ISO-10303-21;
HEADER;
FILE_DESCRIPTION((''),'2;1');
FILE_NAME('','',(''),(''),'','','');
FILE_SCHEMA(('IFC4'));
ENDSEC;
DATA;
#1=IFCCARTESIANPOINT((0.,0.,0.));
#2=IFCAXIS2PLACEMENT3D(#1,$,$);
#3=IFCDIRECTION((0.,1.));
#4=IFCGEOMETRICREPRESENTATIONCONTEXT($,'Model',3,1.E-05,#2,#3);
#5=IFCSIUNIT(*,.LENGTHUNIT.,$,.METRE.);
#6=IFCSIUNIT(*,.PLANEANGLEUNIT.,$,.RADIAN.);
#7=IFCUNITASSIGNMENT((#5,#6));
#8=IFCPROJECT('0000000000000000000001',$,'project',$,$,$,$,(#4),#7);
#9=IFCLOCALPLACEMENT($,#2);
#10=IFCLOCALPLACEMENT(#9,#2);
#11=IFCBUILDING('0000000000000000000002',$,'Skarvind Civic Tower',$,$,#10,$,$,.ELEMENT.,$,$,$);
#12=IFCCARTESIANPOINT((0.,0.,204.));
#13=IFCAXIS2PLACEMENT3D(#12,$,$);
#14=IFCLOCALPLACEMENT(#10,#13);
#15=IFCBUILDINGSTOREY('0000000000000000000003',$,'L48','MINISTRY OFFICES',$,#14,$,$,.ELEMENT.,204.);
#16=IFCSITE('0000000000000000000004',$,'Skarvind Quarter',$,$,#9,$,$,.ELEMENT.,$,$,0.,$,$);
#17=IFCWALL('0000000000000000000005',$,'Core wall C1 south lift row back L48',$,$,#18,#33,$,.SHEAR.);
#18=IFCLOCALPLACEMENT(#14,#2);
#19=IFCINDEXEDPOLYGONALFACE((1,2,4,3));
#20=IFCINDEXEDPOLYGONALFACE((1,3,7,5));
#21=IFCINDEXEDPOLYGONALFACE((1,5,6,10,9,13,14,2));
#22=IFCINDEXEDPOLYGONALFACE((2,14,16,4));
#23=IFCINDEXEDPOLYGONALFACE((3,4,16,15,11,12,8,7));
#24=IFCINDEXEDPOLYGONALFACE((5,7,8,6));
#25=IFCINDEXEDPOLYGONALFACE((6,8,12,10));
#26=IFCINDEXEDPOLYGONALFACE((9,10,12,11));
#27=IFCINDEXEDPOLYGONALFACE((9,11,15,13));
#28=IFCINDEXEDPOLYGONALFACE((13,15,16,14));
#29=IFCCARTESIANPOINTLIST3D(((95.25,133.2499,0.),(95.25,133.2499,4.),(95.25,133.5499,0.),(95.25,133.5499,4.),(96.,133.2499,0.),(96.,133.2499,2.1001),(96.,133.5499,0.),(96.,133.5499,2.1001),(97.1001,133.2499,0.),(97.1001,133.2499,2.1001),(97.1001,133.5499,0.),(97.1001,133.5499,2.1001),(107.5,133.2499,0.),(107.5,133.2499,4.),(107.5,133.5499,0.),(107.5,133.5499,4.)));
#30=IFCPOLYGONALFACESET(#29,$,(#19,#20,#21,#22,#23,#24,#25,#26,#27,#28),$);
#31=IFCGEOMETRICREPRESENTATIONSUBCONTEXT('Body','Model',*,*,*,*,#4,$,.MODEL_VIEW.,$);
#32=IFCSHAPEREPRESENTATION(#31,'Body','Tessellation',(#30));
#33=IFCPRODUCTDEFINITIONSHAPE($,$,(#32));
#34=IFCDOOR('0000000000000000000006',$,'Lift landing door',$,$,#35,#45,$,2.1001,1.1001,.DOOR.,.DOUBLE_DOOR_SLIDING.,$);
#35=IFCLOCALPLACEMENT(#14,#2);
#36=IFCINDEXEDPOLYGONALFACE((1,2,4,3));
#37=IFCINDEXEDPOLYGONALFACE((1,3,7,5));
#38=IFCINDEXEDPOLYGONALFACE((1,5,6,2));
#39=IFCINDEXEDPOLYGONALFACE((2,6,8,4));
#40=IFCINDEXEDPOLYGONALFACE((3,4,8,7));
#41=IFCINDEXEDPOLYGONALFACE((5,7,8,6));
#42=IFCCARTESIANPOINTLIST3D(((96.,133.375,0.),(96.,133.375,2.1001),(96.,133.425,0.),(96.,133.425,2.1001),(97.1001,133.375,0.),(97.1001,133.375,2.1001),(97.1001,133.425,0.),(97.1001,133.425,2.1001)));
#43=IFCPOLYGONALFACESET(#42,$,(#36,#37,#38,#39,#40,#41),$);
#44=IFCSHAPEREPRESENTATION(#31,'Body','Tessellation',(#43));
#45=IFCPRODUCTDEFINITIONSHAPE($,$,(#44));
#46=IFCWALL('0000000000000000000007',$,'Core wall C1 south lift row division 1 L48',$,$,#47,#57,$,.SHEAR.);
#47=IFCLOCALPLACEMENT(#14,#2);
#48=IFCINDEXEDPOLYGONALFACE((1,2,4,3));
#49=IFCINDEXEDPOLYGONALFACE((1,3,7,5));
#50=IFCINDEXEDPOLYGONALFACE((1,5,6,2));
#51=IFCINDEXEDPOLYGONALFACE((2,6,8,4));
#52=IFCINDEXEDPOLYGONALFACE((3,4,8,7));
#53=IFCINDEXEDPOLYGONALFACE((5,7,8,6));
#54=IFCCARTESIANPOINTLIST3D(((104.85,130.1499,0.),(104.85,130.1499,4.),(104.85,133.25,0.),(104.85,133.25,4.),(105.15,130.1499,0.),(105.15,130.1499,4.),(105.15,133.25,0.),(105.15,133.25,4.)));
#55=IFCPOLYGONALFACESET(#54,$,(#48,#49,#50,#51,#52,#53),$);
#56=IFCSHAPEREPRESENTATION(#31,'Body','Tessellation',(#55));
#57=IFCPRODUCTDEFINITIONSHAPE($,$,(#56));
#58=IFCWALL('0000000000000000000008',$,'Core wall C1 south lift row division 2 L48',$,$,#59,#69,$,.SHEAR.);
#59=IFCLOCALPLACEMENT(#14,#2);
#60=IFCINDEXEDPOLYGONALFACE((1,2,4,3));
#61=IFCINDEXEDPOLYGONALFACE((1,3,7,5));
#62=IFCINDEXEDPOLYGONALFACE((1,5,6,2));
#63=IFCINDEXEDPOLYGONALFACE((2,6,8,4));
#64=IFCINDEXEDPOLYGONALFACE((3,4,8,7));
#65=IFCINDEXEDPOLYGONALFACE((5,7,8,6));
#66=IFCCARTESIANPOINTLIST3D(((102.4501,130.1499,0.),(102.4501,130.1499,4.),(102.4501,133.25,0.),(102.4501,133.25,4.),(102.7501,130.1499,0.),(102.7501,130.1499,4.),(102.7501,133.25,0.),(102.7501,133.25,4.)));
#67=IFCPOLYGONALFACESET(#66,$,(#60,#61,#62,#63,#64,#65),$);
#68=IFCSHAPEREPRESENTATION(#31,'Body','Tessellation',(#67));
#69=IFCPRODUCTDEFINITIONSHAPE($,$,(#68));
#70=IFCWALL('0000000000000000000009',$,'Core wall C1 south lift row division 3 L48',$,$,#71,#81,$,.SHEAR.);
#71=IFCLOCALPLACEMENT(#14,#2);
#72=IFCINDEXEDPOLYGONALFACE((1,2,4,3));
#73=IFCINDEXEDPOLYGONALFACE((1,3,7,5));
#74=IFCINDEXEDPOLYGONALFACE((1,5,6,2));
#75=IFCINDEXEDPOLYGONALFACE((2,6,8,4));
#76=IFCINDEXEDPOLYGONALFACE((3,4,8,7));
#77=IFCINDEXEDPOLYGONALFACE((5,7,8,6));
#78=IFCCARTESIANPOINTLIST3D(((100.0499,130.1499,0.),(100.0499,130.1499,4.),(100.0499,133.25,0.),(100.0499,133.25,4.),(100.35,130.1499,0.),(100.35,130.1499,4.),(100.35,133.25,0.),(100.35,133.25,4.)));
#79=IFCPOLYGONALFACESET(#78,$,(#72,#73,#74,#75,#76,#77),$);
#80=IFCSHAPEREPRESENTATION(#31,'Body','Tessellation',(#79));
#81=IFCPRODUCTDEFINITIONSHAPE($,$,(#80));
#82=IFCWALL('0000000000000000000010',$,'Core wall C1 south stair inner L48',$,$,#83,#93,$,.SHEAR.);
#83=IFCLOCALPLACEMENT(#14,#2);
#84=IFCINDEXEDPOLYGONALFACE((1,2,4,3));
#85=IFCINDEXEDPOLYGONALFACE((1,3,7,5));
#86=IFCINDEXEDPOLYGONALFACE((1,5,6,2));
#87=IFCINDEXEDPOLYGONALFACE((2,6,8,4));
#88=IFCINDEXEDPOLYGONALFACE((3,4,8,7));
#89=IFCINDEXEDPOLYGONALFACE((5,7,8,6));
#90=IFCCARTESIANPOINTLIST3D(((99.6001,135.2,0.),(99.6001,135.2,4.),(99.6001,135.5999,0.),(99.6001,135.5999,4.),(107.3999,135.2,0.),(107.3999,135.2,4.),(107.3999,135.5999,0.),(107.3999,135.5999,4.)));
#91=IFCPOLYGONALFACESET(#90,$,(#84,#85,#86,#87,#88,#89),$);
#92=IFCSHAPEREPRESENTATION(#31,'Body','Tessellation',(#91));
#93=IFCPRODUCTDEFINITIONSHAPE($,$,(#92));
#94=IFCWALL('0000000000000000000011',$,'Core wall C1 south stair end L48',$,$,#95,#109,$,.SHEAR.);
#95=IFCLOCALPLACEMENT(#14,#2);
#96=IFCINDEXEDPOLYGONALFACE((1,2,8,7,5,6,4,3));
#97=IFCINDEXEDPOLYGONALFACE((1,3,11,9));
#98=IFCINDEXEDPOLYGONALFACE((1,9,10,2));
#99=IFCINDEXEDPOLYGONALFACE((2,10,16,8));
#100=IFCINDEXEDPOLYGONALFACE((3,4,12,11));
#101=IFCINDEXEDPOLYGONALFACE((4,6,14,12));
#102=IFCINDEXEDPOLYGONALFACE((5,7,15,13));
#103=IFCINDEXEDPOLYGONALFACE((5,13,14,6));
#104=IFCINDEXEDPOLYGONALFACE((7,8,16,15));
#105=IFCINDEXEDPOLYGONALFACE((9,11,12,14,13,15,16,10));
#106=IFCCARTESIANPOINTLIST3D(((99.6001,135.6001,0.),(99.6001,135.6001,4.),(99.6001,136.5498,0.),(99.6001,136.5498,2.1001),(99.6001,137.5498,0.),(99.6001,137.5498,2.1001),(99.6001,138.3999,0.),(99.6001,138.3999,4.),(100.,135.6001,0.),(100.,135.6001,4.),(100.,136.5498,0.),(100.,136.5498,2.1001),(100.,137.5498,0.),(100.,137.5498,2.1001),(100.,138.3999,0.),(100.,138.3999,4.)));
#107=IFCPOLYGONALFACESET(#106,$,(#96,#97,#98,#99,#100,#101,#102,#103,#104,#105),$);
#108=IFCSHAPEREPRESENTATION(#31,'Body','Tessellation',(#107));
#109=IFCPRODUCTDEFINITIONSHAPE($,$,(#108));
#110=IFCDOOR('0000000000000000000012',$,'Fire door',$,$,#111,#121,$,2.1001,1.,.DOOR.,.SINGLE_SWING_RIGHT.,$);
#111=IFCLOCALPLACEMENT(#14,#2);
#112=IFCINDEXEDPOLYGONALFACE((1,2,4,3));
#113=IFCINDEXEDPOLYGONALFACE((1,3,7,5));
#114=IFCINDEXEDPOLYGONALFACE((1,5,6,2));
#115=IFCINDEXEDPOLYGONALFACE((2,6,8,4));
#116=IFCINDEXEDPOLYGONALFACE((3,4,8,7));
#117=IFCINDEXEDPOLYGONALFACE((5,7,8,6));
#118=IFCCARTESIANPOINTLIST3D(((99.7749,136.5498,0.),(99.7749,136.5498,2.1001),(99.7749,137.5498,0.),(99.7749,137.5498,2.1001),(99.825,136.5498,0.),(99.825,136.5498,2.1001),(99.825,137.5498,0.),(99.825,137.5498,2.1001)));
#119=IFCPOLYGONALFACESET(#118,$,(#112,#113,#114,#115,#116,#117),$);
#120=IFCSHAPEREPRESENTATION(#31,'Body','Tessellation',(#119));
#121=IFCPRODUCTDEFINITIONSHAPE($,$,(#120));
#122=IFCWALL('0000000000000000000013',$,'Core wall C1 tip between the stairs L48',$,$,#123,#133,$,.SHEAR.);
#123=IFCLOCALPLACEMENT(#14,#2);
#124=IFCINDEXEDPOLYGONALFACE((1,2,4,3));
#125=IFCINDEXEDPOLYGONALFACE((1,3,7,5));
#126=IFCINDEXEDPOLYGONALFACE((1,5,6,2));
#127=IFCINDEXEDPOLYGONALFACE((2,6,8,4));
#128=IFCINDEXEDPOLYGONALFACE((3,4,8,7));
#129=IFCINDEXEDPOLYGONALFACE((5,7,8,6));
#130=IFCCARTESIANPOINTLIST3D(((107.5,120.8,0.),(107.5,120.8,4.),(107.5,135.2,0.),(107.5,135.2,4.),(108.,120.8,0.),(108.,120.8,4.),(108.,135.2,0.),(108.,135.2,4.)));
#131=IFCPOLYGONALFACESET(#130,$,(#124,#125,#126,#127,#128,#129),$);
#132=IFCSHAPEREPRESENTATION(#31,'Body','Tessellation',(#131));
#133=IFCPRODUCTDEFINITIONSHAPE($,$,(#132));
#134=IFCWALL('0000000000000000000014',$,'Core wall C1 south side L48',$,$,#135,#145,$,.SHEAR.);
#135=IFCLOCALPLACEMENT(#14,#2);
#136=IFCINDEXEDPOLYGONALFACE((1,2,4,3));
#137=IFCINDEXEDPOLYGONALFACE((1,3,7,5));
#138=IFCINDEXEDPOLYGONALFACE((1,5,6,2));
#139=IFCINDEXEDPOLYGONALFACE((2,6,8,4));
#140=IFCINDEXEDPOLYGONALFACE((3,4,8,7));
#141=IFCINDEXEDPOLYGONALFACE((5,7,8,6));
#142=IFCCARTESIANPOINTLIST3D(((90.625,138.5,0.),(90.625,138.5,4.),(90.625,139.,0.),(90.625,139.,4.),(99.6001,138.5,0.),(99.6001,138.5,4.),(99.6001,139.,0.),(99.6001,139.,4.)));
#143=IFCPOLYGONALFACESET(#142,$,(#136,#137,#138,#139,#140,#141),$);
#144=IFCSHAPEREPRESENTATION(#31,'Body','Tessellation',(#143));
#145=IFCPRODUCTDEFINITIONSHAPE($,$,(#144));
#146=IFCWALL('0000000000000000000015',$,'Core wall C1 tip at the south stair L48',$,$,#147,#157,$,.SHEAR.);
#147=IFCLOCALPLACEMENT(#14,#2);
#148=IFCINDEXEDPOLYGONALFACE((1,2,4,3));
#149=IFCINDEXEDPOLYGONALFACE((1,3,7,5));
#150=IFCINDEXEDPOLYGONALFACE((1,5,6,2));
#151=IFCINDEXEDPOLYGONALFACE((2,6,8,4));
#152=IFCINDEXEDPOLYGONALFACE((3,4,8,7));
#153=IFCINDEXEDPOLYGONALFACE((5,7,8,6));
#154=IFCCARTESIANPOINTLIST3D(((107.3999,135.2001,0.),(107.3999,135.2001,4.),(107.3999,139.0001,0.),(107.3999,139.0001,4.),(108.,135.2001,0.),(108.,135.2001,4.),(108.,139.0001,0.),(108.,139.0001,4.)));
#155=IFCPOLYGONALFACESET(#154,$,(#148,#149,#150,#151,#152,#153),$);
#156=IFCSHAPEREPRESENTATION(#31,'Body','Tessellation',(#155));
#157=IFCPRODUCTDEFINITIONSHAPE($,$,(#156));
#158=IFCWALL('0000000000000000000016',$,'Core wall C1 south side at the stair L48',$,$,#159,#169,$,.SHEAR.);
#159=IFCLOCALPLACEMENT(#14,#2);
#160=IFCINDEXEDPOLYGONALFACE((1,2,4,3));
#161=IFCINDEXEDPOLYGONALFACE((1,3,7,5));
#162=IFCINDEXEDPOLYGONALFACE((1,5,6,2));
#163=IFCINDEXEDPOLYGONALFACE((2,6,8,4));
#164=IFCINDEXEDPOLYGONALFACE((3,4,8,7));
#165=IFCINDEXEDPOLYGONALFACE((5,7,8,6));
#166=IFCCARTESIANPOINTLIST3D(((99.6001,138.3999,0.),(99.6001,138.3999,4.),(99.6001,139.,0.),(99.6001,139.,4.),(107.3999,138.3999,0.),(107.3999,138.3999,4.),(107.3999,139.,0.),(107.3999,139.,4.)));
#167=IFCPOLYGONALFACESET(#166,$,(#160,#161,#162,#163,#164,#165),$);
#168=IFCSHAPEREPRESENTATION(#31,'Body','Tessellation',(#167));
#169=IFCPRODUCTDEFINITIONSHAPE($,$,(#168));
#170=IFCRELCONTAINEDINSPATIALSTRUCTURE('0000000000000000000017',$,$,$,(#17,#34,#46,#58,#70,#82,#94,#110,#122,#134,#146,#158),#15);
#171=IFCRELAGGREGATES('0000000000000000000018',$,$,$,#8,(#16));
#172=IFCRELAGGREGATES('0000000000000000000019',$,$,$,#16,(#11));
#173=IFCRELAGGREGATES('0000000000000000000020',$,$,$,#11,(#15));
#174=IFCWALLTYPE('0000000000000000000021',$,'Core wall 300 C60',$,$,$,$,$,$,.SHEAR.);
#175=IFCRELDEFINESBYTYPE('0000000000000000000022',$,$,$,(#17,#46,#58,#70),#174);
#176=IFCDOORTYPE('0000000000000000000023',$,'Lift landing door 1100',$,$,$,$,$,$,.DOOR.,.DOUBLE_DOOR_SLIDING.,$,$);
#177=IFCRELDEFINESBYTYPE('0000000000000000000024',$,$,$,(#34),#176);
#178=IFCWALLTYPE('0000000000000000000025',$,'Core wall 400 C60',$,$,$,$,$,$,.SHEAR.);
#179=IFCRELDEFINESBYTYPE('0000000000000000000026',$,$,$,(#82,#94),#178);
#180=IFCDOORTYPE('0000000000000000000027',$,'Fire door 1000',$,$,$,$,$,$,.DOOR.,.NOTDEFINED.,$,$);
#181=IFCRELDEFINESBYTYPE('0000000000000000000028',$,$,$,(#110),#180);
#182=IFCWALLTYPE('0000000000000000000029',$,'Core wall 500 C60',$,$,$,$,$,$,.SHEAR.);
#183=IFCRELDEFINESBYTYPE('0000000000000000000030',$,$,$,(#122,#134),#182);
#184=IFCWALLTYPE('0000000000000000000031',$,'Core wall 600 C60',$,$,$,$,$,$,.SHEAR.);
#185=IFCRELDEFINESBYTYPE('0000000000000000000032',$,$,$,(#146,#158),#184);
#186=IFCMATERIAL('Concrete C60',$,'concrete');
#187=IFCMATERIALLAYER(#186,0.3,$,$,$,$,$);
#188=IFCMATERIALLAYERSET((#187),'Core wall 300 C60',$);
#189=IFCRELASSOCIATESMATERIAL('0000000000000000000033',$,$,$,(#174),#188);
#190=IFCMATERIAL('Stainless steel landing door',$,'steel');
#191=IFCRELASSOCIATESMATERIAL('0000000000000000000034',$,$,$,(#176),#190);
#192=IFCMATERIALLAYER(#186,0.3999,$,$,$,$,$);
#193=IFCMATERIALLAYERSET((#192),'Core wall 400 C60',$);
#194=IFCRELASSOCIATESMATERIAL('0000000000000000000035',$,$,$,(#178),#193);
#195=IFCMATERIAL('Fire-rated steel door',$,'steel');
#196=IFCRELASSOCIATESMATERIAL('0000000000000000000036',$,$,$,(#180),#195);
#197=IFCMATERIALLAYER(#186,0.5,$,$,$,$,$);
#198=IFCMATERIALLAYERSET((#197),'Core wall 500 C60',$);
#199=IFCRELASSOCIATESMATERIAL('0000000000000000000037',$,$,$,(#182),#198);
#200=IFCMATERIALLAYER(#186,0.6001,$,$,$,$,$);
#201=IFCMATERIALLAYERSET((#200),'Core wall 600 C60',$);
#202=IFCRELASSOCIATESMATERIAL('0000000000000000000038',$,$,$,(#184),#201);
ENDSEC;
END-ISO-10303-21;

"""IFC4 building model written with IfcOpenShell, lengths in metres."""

from ifc_helpers import new_model, si_unit, direction, frame, frame_2d, origin, place, context, subcontext, project, spatial, rectangle, extrude, material, layer, layer_set, type_object, element, fill, save


model = new_model("IFC4")

# Units and contexts
model_context = context("Model", 3, precision=1e-05, world=origin(), true_north=direction((0.0, 1.0)))
body_context = subcontext(model_context, "Body", "Model", "MODEL_VIEW")
ifc_project = project(units=[si_unit("LENGTHUNIT", "METRE"), si_unit("PLANEANGLEUNIT", "RADIAN")], contexts=[model_context])

# Site, building, storey
site_placement = place(None, origin())
site = spatial("IfcSite", under=ifc_project, at=site_placement, Name="Skarvind Quarter", CompositionType="ELEMENT", RefElevation=0.0)
building_placement = place(site_placement, origin())
building = spatial("IfcBuilding", under=site, at=building_placement, Name="Skarvind Civic Tower", CompositionType="ELEMENT")
storey_placement = place(building_placement, frame((0.0, 0.0, 204.0)))
storey = spatial("IfcBuildingStorey", under=building, at=storey_placement, Name="L48", Description="MINISTRY OFFICES", CompositionType="ELEMENT", Elevation=204.0)

# Wall, opening, door
ifc_material_1 = material(Name="Concrete C60", Category="concrete")
ifc_layer_1 = layer(ifc_material_1, 0.3)
ifc_layer_set_1 = layer_set([ifc_layer_1], Name="Core wall 300 C60")
wall_type_1 = type_object("IfcWallType", Name="Core wall 300 C60", PredefinedType="SHEAR", material=ifc_layer_set_1)
wall_1_placement = place(storey_placement, frame((107.5, 133.3999, 0.0), z_axis=(0.0, 0.0, 1.0), x_axis=(-1.0, 0.0, 0.0)))
wall_1 = element("IfcWall", 1, at=wall_1_placement, inside=storey, type_object=wall_type_1, Name="Core wall C1 south lift row back L48", PredefinedType="SHEAR", context=body_context, shape_type="SweptSolid", body=[
    extrude(rectangle(XDim=12.25, YDim=0.3, at=frame_2d((6.125, 0.0))), origin(), (0.0, 0.0, 1.0), 4.0),
])
opening_1_placement = place(wall_1_placement, frame((10.3999, 0.0, 0.0)))
opening_1 = element("IfcOpeningElement", 2, at=opening_1_placement, cuts=wall_1, PredefinedType="OPENING", context=body_context, shape_type="SweptSolid", body=[
    extrude(rectangle(XDim=1.1001, YDim=2.1001, at=frame_2d((0.55, 1.05))), frame((0.0, 0.1599, 0.0), z_axis=(0.0, -1.0, 0.0), x_axis=(1.0, 0.0, 0.0)), (0.0, 0.0, 1.0), 0.3201),
])
ifc_material_2 = material(Name="Stainless steel landing door", Category="steel")
door_type_1 = type_object("IfcDoorType", Name="Lift landing door 1100", OperationType="DOUBLE_DOOR_SLIDING", PredefinedType="DOOR", material=ifc_material_2)
door_1_placement = place(opening_1_placement, origin())
door_1 = element("IfcDoor", 3, at=door_1_placement, inside=storey, type_object=door_type_1, Name="Lift landing door", OperationType="DOUBLE_DOOR_SLIDING", OverallHeight=2.1001, OverallWidth=1.1001, PredefinedType="DOOR", context=body_context, shape_type="SweptSolid", body=[
    extrude(rectangle(XDim=1.1001, YDim=2.1001, at=frame_2d((0.55, 1.05))), frame((0.0, 0.0249, 0.0), z_axis=(0.0, -1.0, 0.0), x_axis=(1.0, 0.0, 0.0)), (0.0, 0.0, 1.0), 0.05),
])
fill(opening_1, door_1)

# Walls
for number, where, z_axis, x_axis, name in (
    (4, (105.0, 133.25, 0.0), (0.0, 0.0, 1.0), (0.0, -1.0, 0.0), "Core wall C1 south lift row division 1 L48"),
    (5, (102.6001, 133.25, 0.0), (0.0, 0.0, 1.0), (0.0, -1.0, 0.0), "Core wall C1 south lift row division 2 L48"),
    (6, (100.2, 133.25, 0.0), (0.0, 0.0, 1.0), (0.0, -1.0, 0.0), "Core wall C1 south lift row division 3 L48"),
):
    element("IfcWall", number, at=place(storey_placement, frame(where, z_axis=z_axis, x_axis=x_axis)), inside=storey, type_object=wall_type_1, Name=name, PredefinedType="SHEAR", context=body_context, shape_type="SweptSolid", body=[
        extrude(rectangle(XDim=3.1001, YDim=0.3, at=frame_2d((1.55, 0.0))), origin(), (0.0, 0.0, 1.0), 4.0),
    ])
ifc_layer_2 = layer(ifc_material_1, 0.3999)
ifc_layer_set_2 = layer_set([ifc_layer_2], Name="Core wall 400 C60")
wall_type_2 = type_object("IfcWallType", Name="Core wall 400 C60", PredefinedType="SHEAR", material=ifc_layer_set_2)
wall_2_placement = place(storey_placement, frame((107.3999, 135.3999, 0.0), z_axis=(0.0, 0.0, 1.0), x_axis=(-1.0, 0.0, 0.0)))
element("IfcWall", 7, at=wall_2_placement, inside=storey, type_object=wall_type_2, Name="Core wall C1 south stair inner L48", PredefinedType="SHEAR", context=body_context, shape_type="SweptSolid", body=[
    extrude(rectangle(XDim=7.7998, YDim=0.3999, at=frame_2d((3.8999, 0.0))), origin(), (0.0, 0.0, 1.0), 4.0),
])

# Wall, opening, door
wall_3_placement = place(storey_placement, frame((99.8, 138.3999, 0.0), z_axis=(0.0, 0.0, 1.0), x_axis=(0.0, -1.0, 0.0)))
wall_3 = element("IfcWall", 8, at=wall_3_placement, inside=storey, type_object=wall_type_2, Name="Core wall C1 south stair end L48", PredefinedType="SHEAR", context=body_context, shape_type="SweptSolid", body=[
    extrude(rectangle(XDim=2.7998, YDim=0.3999, at=frame_2d((1.3999, 0.0))), origin(), (0.0, 0.0, 1.0), 4.0),
])
opening_2_placement = place(wall_3_placement, frame((0.8501, 0.0, 0.0)))
opening_2 = element("IfcOpeningElement", 9, at=opening_2_placement, cuts=wall_3, PredefinedType="OPENING", context=body_context, shape_type="SweptSolid", body=[
    extrude(rectangle(XDim=1.0, YDim=2.1001, at=frame_2d((0.5, 1.05))), frame((0.0, 0.21, 0.0), z_axis=(0.0, -1.0, 0.0), x_axis=(1.0, 0.0, 0.0)), (0.0, 0.0, 1.0), 0.4199),
])
ifc_material_3 = material(Name="Fire-rated steel door", Category="steel")
door_type_2 = type_object("IfcDoorType", Name="Fire door 1000", OperationType="NOTDEFINED", PredefinedType="DOOR", material=ifc_material_3)
door_2_placement = place(opening_2_placement, origin())
door_2 = element("IfcDoor", 10, at=door_2_placement, inside=storey, type_object=door_type_2, Name="Fire door", OperationType="SINGLE_SWING_RIGHT", OverallHeight=2.1001, OverallWidth=1.0, PredefinedType="DOOR", context=body_context, shape_type="SweptSolid", body=[
    extrude(rectangle(XDim=1.0, YDim=2.1001, at=frame_2d((0.5, 1.05))), frame((0.0, 0.0249, 0.0), z_axis=(0.0, -1.0, 0.0), x_axis=(1.0, 0.0, 0.0)), (0.0, 0.0, 1.0), 0.05),
])
fill(opening_2, door_2)

# Walls
ifc_layer_3 = layer(ifc_material_1, 0.5)
ifc_layer_set_3 = layer_set([ifc_layer_3], Name="Core wall 500 C60")
wall_type_3 = type_object("IfcWallType", Name="Core wall 500 C60", PredefinedType="SHEAR", material=ifc_layer_set_3)
wall_4_placement = place(storey_placement, frame((107.75, 135.2, 0.0), z_axis=(0.0, 0.0, 1.0), x_axis=(0.0, -1.0, 0.0)))
element("IfcWall", 11, at=wall_4_placement, inside=storey, type_object=wall_type_3, Name="Core wall C1 tip between the stairs L48", PredefinedType="SHEAR", context=body_context, shape_type="SweptSolid", body=[
    extrude(rectangle(XDim=14.3999, YDim=0.5, at=frame_2d((7.2, 0.0))), origin(), (0.0, 0.0, 1.0), 4.0),
])
wall_5_placement = place(storey_placement, frame((99.6001, 138.75, 0.0), z_axis=(0.0, 0.0, 1.0), x_axis=(-1.0, 0.0, 0.0)))
element("IfcWall", 12, at=wall_5_placement, inside=storey, type_object=wall_type_3, Name="Core wall C1 south side L48", PredefinedType="SHEAR", context=body_context, shape_type="SweptSolid", body=[
    extrude(rectangle(XDim=8.9751, YDim=0.5, at=frame_2d((4.4875, 0.0))), origin(), (0.0, 0.0, 1.0), 4.0),
])
ifc_layer_4 = layer(ifc_material_1, 0.6001)
ifc_layer_set_4 = layer_set([ifc_layer_4], Name="Core wall 600 C60")
wall_type_4 = type_object("IfcWallType", Name="Core wall 600 C60", PredefinedType="SHEAR", material=ifc_layer_set_4)
wall_6_placement = place(storey_placement, frame((107.7, 139.0, 0.0), z_axis=(0.0, 0.0, 1.0), x_axis=(0.0, -1.0, 0.0)))
element("IfcWall", 13, at=wall_6_placement, inside=storey, type_object=wall_type_4, Name="Core wall C1 tip at the south stair L48", PredefinedType="SHEAR", context=body_context, shape_type="SweptSolid", body=[
    extrude(rectangle(XDim=3.8, YDim=0.6001, at=frame_2d((1.8999, 0.0))), origin(), (0.0, 0.0, 1.0), 4.0),
])
wall_7_placement = place(storey_placement, frame((107.3999, 138.7, 0.0), z_axis=(0.0, 0.0, 1.0), x_axis=(-1.0, 0.0, 0.0)))
element("IfcWall", 14, at=wall_7_placement, inside=storey, type_object=wall_type_4, Name="Core wall C1 south side at the stair L48", PredefinedType="SHEAR", context=body_context, shape_type="SweptSolid", body=[
    extrude(rectangle(XDim=7.7998, YDim=0.6001, at=frame_2d((3.8999, 0.0))), origin(), (0.0, 0.0, 1.0), 4.0),
])

save(model, "model.ifc")
